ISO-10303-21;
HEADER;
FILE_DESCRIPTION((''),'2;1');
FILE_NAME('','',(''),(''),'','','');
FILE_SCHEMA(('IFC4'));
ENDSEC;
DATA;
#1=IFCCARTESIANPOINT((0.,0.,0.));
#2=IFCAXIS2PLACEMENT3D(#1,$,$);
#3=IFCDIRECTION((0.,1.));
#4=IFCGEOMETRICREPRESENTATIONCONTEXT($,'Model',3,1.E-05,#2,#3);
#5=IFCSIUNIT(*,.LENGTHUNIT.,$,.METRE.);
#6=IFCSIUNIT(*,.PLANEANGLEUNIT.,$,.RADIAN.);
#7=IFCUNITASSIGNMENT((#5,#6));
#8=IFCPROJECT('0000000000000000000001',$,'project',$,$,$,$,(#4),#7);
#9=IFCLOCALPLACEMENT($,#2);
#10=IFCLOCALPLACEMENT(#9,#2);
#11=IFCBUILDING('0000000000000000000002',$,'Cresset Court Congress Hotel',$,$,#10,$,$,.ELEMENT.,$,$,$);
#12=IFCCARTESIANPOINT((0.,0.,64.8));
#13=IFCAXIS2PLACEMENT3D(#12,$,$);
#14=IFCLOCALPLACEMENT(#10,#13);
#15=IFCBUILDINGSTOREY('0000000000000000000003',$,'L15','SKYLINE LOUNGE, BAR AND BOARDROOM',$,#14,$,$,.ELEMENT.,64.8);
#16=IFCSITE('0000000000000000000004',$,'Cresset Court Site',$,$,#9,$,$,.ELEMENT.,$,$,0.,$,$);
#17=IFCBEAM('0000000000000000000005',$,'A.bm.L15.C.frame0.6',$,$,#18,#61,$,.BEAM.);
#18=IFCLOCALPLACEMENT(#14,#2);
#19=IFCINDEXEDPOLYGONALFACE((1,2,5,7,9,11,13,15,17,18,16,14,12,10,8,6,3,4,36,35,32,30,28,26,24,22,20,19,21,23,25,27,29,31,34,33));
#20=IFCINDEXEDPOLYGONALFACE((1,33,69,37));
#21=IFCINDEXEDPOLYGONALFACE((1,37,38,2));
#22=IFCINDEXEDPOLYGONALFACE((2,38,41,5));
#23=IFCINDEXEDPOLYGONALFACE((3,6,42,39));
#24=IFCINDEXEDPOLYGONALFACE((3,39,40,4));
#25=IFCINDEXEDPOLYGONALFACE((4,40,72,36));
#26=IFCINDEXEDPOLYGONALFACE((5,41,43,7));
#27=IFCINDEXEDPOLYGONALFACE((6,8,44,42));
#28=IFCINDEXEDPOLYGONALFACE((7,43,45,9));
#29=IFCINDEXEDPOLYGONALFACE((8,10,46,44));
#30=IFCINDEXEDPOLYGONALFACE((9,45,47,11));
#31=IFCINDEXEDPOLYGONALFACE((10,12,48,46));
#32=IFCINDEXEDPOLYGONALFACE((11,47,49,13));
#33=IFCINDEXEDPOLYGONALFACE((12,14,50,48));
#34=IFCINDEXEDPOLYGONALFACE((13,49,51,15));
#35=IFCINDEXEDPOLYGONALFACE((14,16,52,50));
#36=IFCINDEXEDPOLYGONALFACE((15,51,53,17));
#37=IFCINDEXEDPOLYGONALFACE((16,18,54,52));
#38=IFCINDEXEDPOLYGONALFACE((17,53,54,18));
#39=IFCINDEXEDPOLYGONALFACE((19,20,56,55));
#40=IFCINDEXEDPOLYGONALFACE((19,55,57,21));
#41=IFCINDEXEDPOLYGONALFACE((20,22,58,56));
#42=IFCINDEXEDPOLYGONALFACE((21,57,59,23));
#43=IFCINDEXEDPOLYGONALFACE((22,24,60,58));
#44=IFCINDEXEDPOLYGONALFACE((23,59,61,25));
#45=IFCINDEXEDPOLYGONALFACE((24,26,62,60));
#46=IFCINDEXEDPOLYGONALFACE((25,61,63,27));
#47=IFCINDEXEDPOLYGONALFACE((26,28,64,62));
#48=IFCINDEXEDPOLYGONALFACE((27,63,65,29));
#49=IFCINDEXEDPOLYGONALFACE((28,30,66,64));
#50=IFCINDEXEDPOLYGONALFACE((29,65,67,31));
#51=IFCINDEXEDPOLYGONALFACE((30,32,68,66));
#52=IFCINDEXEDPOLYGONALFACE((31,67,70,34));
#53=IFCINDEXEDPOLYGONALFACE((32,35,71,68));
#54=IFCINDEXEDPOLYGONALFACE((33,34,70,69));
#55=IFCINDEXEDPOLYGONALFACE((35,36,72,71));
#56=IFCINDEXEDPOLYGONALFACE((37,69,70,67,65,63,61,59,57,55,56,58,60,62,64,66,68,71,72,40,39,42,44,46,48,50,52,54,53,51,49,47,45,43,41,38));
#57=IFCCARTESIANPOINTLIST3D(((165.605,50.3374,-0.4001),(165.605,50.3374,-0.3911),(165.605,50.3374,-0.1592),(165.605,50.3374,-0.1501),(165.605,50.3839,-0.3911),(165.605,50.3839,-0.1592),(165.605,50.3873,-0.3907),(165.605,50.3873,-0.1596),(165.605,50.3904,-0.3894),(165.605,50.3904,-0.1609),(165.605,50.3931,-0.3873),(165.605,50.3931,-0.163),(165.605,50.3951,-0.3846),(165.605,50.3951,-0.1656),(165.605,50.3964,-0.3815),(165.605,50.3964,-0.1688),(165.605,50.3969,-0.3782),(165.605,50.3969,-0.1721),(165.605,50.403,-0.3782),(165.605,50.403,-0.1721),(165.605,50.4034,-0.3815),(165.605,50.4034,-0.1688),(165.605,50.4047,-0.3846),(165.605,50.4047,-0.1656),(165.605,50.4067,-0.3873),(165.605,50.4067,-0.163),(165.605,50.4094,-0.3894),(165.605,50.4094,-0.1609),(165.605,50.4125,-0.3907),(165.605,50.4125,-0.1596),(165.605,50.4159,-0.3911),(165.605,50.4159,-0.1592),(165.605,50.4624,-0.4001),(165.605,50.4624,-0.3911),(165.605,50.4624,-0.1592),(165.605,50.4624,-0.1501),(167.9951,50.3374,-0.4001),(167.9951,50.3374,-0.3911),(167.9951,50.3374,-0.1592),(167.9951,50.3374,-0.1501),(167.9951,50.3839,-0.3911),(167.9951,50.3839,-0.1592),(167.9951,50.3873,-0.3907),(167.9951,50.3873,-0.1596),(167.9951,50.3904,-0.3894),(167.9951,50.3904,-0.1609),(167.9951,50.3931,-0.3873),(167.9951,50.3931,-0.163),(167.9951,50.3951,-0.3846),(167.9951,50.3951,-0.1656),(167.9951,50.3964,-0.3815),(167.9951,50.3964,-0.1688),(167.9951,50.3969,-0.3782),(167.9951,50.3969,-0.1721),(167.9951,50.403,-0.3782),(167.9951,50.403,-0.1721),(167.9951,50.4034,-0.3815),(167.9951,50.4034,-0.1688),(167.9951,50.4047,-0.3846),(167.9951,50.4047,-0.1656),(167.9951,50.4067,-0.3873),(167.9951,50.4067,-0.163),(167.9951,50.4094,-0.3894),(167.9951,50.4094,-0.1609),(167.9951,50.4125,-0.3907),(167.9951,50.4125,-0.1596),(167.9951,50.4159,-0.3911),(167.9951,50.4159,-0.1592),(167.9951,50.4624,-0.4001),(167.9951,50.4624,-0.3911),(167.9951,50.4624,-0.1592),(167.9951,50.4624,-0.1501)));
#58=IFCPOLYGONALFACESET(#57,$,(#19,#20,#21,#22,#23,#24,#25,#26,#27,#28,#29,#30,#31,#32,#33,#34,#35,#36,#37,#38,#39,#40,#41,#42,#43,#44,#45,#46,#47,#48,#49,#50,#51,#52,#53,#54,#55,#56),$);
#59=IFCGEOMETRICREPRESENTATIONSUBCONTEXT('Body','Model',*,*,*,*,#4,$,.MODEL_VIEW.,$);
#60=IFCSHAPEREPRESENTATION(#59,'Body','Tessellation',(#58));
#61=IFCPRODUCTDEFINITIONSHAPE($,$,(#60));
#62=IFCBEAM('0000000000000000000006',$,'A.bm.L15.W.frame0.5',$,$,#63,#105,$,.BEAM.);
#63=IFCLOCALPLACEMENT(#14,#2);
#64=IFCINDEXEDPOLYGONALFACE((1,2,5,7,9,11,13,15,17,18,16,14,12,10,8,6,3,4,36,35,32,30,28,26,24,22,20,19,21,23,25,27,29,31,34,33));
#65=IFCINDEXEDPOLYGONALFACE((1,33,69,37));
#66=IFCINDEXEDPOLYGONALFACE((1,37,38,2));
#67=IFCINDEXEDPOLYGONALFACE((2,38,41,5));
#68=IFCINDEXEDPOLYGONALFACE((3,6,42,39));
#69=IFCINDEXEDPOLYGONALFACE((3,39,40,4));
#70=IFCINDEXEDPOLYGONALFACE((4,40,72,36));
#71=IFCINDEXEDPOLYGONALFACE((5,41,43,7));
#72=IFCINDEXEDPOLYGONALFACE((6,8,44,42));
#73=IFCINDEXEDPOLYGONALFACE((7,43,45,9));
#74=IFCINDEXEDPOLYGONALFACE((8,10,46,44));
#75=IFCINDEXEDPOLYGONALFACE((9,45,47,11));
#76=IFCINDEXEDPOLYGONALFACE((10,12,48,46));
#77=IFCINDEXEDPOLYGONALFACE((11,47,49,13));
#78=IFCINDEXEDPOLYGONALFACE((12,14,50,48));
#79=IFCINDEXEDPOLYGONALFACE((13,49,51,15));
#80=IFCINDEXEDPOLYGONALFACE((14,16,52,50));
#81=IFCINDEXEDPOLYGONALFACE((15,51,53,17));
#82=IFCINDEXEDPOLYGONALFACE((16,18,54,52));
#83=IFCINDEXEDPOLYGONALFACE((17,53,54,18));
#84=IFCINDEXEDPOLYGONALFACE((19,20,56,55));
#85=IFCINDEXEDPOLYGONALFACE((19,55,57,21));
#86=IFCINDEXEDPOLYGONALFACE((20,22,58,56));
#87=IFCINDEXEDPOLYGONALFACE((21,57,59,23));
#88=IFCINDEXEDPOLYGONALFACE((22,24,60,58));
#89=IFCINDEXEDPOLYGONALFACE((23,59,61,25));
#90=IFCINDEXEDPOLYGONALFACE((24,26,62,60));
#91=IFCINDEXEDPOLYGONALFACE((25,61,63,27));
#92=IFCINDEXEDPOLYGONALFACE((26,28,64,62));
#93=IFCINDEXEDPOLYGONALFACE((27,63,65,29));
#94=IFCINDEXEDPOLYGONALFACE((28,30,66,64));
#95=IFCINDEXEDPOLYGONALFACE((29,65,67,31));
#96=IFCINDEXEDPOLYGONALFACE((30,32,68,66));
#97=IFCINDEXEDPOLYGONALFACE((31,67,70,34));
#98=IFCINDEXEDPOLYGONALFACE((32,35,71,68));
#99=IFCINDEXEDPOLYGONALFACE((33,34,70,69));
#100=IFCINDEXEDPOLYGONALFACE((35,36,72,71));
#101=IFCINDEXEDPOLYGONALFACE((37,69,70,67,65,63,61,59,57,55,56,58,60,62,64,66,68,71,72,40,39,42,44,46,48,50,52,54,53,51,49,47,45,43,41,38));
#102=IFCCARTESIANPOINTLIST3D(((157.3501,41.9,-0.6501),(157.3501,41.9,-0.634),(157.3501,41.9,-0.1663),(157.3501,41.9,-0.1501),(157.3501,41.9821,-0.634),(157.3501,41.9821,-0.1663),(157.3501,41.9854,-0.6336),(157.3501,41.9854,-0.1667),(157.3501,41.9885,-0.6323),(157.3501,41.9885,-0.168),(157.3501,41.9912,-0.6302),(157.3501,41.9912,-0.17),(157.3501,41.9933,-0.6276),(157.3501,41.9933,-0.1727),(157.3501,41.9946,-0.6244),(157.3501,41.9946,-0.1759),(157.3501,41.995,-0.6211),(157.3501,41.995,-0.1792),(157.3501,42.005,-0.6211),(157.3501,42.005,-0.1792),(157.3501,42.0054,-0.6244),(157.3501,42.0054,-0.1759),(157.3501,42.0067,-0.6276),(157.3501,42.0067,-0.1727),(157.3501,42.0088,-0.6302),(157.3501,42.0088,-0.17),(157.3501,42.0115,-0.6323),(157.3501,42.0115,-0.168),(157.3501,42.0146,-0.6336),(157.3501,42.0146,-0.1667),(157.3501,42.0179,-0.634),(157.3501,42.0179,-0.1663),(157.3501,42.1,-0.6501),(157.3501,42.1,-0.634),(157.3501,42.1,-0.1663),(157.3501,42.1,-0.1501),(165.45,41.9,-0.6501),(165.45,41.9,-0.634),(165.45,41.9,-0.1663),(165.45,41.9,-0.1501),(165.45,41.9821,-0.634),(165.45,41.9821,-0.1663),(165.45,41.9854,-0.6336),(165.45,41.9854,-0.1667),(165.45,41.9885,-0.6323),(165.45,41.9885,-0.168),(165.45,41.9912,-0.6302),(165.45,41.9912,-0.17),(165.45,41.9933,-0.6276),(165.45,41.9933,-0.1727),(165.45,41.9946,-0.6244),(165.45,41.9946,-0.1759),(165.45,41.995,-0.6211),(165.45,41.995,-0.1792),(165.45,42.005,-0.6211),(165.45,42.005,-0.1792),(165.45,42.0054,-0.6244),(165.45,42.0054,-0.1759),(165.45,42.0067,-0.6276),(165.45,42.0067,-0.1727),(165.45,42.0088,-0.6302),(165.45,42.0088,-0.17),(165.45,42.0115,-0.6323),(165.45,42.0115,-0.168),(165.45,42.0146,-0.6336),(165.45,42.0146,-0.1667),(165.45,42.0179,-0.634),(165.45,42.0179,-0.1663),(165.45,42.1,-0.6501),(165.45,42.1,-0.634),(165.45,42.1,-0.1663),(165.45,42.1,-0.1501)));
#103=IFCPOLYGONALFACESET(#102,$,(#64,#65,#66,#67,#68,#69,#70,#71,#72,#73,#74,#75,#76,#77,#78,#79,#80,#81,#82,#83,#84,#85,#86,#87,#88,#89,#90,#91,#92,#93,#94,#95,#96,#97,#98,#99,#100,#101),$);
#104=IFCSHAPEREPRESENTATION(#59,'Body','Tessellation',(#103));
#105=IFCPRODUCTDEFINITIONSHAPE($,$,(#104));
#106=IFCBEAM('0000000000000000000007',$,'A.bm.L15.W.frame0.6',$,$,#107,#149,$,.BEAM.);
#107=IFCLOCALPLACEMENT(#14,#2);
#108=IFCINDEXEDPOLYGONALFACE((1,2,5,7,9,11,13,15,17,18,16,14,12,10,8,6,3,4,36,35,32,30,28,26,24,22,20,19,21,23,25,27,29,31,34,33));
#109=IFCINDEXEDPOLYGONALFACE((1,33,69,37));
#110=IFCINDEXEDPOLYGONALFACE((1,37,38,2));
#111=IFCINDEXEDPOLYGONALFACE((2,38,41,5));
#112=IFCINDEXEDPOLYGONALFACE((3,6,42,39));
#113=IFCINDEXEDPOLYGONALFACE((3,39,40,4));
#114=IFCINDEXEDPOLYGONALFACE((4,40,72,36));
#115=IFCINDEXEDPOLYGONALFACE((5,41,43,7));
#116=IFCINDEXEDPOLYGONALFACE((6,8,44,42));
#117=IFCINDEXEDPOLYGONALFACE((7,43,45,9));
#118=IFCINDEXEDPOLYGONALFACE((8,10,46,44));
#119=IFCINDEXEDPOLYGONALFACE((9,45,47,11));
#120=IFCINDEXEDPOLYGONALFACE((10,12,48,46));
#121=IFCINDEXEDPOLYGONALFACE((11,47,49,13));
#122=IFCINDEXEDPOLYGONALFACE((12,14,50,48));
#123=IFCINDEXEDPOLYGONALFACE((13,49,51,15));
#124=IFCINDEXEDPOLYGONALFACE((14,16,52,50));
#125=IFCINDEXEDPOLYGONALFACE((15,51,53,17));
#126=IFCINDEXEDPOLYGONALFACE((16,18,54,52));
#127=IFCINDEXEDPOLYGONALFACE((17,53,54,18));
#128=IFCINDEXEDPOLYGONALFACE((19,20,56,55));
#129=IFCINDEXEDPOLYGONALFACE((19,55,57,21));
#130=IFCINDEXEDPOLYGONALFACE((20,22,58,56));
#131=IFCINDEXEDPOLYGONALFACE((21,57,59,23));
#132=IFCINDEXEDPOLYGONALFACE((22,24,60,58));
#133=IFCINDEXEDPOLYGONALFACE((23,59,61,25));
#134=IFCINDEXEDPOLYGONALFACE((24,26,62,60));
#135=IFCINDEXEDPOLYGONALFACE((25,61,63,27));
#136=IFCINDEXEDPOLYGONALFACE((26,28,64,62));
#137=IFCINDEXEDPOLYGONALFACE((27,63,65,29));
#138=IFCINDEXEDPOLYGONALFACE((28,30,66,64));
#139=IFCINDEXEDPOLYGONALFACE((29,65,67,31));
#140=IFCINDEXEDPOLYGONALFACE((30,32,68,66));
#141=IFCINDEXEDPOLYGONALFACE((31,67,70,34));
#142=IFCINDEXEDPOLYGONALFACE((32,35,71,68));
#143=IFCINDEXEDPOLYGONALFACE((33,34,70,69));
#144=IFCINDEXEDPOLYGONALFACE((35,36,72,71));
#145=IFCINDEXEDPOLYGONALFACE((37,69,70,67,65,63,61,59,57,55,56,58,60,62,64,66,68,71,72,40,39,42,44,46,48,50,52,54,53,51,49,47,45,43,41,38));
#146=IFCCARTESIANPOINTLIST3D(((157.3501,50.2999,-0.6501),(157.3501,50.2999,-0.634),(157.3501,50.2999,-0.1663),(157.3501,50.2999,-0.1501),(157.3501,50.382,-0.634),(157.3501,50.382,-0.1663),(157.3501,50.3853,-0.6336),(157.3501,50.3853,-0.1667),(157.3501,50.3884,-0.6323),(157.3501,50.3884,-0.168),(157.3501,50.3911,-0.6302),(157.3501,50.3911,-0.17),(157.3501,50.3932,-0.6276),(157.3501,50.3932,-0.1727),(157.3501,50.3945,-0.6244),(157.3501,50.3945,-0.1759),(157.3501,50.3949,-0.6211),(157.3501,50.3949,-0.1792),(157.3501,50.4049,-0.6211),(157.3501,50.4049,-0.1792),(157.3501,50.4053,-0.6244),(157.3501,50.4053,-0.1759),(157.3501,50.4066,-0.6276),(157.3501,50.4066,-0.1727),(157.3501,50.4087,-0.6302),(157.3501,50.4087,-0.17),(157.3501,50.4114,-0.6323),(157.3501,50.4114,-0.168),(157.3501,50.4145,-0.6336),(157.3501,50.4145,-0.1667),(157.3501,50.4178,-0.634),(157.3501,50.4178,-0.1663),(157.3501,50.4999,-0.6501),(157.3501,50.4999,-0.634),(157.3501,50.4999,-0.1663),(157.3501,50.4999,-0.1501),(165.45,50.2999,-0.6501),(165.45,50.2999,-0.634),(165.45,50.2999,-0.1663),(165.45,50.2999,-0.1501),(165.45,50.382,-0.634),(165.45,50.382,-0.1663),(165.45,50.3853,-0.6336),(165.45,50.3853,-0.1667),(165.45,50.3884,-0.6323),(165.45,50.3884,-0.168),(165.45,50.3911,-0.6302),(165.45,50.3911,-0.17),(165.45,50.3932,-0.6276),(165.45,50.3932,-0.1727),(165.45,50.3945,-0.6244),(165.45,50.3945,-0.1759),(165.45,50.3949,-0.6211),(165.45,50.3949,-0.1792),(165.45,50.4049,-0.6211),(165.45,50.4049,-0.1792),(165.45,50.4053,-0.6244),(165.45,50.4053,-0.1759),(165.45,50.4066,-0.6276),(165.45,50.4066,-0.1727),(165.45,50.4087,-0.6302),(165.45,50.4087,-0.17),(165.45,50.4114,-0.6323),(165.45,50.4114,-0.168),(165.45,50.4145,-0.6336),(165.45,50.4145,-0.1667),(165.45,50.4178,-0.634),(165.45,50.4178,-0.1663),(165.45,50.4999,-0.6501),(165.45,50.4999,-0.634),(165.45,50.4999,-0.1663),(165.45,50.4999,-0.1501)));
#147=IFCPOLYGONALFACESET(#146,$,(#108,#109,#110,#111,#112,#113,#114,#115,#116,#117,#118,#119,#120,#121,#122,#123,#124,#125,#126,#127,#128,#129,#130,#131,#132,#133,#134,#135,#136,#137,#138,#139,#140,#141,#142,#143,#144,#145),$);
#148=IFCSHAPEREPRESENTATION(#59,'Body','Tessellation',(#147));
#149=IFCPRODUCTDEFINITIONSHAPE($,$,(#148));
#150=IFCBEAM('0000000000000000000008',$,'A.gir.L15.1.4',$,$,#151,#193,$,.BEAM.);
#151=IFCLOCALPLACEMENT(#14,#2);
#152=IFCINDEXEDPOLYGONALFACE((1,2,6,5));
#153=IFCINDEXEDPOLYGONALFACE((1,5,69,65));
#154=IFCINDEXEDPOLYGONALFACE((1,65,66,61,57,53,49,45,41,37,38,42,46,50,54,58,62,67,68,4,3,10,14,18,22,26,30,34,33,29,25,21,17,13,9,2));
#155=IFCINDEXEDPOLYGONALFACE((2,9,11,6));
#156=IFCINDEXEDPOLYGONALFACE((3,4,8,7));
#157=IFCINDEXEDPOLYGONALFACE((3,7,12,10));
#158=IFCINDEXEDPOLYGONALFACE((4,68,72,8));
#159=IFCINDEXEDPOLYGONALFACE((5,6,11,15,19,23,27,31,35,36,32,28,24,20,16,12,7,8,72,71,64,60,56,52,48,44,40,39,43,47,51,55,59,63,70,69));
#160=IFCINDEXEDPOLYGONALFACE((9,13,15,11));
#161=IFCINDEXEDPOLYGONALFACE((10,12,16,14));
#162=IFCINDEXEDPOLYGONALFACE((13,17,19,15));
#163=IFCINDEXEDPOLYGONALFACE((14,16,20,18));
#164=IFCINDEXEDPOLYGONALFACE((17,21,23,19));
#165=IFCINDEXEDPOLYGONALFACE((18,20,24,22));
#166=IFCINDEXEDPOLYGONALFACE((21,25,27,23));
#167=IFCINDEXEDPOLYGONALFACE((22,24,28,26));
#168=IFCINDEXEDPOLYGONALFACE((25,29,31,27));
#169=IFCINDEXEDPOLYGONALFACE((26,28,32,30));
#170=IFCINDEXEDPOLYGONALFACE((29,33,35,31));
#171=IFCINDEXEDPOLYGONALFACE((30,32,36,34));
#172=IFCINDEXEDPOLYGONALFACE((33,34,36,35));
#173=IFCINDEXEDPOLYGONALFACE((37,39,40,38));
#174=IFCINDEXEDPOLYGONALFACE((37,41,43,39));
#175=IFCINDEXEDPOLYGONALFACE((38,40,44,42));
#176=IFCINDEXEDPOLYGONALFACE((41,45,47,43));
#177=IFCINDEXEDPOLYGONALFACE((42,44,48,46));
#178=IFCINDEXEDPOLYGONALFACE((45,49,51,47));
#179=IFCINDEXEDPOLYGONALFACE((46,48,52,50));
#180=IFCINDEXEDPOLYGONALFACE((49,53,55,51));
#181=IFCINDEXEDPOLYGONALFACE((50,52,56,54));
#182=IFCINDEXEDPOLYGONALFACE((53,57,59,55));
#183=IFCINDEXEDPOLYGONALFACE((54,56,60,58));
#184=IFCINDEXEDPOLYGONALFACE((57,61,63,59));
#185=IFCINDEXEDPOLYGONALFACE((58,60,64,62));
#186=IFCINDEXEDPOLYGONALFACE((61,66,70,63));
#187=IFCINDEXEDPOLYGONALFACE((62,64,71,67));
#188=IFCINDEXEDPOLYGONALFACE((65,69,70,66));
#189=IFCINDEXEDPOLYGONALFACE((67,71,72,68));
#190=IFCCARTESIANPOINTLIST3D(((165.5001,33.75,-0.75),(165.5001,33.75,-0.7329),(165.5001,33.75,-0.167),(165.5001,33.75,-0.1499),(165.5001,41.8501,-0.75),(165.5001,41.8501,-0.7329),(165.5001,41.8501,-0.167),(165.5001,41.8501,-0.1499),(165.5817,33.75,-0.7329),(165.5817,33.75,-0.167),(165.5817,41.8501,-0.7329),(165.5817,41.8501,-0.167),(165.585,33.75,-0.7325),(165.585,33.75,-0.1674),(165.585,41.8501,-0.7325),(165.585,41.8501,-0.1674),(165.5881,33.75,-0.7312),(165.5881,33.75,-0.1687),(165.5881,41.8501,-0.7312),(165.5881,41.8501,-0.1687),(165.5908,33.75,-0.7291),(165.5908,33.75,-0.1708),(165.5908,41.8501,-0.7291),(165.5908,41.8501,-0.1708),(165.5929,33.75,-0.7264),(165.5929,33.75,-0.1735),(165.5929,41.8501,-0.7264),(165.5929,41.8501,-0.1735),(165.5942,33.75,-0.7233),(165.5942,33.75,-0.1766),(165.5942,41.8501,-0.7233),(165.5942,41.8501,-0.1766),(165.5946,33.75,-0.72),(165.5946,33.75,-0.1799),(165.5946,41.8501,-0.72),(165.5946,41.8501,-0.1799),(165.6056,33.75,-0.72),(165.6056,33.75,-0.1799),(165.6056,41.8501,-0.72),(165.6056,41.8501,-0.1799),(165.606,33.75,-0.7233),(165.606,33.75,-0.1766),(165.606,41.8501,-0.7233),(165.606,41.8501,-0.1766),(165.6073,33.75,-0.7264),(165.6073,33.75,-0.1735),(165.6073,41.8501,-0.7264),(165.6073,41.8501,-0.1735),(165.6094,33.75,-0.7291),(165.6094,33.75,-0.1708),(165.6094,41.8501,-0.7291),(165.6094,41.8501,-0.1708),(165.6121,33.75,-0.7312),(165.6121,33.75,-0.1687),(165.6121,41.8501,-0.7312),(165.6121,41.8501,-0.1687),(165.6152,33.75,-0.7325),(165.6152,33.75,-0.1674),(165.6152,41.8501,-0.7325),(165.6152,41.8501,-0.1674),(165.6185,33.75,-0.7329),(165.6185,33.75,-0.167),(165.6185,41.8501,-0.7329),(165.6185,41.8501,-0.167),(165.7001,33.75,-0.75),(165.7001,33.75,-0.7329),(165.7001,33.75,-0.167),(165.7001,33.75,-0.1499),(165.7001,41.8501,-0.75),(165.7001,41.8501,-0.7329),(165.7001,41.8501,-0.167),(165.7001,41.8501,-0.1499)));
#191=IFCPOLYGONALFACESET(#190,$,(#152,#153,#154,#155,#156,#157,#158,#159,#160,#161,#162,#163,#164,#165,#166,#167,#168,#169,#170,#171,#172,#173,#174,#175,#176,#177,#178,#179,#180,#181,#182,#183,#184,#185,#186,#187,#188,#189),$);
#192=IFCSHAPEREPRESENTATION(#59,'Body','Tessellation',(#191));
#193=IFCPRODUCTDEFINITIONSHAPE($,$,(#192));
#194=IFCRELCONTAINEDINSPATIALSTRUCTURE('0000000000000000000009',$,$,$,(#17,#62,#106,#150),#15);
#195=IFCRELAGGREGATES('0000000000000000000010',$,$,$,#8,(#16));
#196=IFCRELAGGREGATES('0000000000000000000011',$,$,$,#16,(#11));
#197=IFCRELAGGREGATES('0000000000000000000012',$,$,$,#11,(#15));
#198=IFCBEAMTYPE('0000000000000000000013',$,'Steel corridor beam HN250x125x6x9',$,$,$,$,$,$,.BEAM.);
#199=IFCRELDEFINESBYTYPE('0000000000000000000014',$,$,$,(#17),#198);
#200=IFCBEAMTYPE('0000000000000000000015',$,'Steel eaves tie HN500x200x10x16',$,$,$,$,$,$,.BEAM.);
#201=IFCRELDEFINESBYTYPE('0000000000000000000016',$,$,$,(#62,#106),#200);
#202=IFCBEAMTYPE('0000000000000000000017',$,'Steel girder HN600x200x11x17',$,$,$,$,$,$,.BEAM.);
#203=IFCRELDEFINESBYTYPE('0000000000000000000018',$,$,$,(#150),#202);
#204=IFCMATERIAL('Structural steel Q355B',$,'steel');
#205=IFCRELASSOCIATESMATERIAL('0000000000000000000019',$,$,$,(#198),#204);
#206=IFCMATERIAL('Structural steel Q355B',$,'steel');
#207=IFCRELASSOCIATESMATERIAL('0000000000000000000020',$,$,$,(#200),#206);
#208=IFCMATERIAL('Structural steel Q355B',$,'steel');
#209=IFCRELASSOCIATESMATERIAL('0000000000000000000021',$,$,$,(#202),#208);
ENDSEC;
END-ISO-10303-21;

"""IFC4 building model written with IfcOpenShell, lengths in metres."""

from ifc_helpers import new_model, si_unit, direction, frame, origin, origin_2d, place, context, subcontext, project, spatial, i_section, extrude, material, material_profile, profile_set, type_object, element, save


model = new_model("IFC4")

# Units and contexts
model_context = context("Model", 3, precision=1e-05, world=origin(), true_north=direction((0.0, 1.0)))
body_context = subcontext(model_context, "Body", "Model", "MODEL_VIEW")
ifc_project = project(units=[si_unit("LENGTHUNIT", "METRE"), si_unit("PLANEANGLEUNIT", "RADIAN")], contexts=[model_context])

# Site, building, storey
site_placement = place(None, origin())
site = spatial("IfcSite", under=ifc_project, at=site_placement, Name="Cresset Court Site", CompositionType="ELEMENT", RefElevation=0.0)
building_placement = place(site_placement, origin())
building = spatial("IfcBuilding", under=site, at=building_placement, Name="Cresset Court Congress Hotel", CompositionType="ELEMENT")
storey_placement = place(building_placement, frame((0.0, 0.0, 64.8)))
storey = spatial("IfcBuildingStorey", under=building, at=storey_placement, Name="L15", Description="SKYLINE LOUNGE, BAR AND BOARDROOM", CompositionType="ELEMENT", Elevation=64.8)

# Beams
ifc_material_1 = material(Name="Structural steel Q355B", Category="steel")
ifc_material_profile_1 = material_profile(ifc_material_1, i_section(OverallWidth=0.125, OverallDepth=0.25, WebThickness=0.0061, FlangeThickness=0.009, FilletRadius=0.0129, at=origin_2d()), Name="HN250x125x6x9")
ifc_profile_set_1 = profile_set([ifc_material_profile_1], Name="Structural steel Q355B")
beam_type_1 = type_object("IfcBeamType", Name="Steel corridor beam HN250x125x6x9", PredefinedType="BEAM", material=ifc_profile_set_1)
beam_1_placement = place(storey_placement, frame((165.605, 50.3999, -0.2751), z_axis=(1.0, 0.0, 0.0), x_axis=(0.0, 1.0, 0.0)))
element("IfcBeam", 1, at=beam_1_placement, inside=storey, type_object=beam_type_1, Name="A.bm.L15.C.frame0.6", PredefinedType="BEAM", context=body_context, shape_type="SweptSolid", body=[
    extrude(i_section(OverallWidth=0.125, OverallDepth=0.25, WebThickness=0.0061, FlangeThickness=0.009, FilletRadius=0.0129, at=origin_2d()), origin(), (0.0, 0.0, 1.0), 2.3901),
])
ifc_material_2 = material(Name="Structural steel Q355B", Category="steel")
ifc_material_profile_2 = material_profile(ifc_material_2, i_section(OverallWidth=0.2, OverallDepth=0.5, WebThickness=0.01, FlangeThickness=0.0161, FilletRadius=0.0129, at=origin_2d()), Name="HN500x200x10x16")
ifc_profile_set_2 = profile_set([ifc_material_profile_2], Name="Structural steel Q355B")
beam_type_2 = type_object("IfcBeamType", Name="Steel eaves tie HN500x200x10x16", PredefinedType="BEAM", material=ifc_profile_set_2)
for number, where, z_axis, x_axis, name in (
    (2, (157.3501, 42.0, -0.4001), (1.0, 0.0, 0.0), (0.0, 1.0, 0.0), "A.bm.L15.W.frame0.5"),
    (3, (157.3501, 50.3999, -0.4001), (1.0, 0.0, 0.0), (0.0, 1.0, 0.0), "A.bm.L15.W.frame0.6"),
):
    element("IfcBeam", number, at=place(storey_placement, frame(where, z_axis=z_axis, x_axis=x_axis)), inside=storey, type_object=beam_type_2, Name=name, PredefinedType="BEAM", context=body_context, shape_type="SweptSolid", body=[
        extrude(i_section(OverallWidth=0.2, OverallDepth=0.5, WebThickness=0.01, FlangeThickness=0.0161, FilletRadius=0.0129, at=origin_2d()), origin(), (0.0, 0.0, 1.0), 8.0999),
    ])
ifc_material_3 = material(Name="Structural steel Q355B", Category="steel")
ifc_material_profile_3 = material_profile(ifc_material_3, i_section(OverallWidth=0.2, OverallDepth=0.6001, WebThickness=0.011, FlangeThickness=0.0171, FilletRadius=0.0129, at=origin_2d()), Name="HN600x200x11x17")
ifc_profile_set_3 = profile_set([ifc_material_profile_3], Name="Structural steel Q355B")
beam_type_3 = type_object("IfcBeamType", Name="Steel girder HN600x200x11x17", PredefinedType="BEAM", material=ifc_profile_set_3)
for number, where, z_axis, x_axis, name in (
    (4, (165.6001, 33.75, -0.45), (0.0, 1.0, 0.0), (-1.0, 0.0, 0.0), "A.gir.L15.1.4"),
):
    element("IfcBeam", number, at=place(storey_placement, frame(where, z_axis=z_axis, x_axis=x_axis)), inside=storey, type_object=beam_type_3, Name=name, PredefinedType="BEAM", context=body_context, shape_type="SweptSolid", body=[
        extrude(i_section(OverallWidth=0.2, OverallDepth=0.6001, WebThickness=0.011, FlangeThickness=0.0171, FilletRadius=0.0129, at=origin_2d()), origin(), (0.0, 0.0, 1.0), 8.1001),
    ])

save(model, "model.ifc")
